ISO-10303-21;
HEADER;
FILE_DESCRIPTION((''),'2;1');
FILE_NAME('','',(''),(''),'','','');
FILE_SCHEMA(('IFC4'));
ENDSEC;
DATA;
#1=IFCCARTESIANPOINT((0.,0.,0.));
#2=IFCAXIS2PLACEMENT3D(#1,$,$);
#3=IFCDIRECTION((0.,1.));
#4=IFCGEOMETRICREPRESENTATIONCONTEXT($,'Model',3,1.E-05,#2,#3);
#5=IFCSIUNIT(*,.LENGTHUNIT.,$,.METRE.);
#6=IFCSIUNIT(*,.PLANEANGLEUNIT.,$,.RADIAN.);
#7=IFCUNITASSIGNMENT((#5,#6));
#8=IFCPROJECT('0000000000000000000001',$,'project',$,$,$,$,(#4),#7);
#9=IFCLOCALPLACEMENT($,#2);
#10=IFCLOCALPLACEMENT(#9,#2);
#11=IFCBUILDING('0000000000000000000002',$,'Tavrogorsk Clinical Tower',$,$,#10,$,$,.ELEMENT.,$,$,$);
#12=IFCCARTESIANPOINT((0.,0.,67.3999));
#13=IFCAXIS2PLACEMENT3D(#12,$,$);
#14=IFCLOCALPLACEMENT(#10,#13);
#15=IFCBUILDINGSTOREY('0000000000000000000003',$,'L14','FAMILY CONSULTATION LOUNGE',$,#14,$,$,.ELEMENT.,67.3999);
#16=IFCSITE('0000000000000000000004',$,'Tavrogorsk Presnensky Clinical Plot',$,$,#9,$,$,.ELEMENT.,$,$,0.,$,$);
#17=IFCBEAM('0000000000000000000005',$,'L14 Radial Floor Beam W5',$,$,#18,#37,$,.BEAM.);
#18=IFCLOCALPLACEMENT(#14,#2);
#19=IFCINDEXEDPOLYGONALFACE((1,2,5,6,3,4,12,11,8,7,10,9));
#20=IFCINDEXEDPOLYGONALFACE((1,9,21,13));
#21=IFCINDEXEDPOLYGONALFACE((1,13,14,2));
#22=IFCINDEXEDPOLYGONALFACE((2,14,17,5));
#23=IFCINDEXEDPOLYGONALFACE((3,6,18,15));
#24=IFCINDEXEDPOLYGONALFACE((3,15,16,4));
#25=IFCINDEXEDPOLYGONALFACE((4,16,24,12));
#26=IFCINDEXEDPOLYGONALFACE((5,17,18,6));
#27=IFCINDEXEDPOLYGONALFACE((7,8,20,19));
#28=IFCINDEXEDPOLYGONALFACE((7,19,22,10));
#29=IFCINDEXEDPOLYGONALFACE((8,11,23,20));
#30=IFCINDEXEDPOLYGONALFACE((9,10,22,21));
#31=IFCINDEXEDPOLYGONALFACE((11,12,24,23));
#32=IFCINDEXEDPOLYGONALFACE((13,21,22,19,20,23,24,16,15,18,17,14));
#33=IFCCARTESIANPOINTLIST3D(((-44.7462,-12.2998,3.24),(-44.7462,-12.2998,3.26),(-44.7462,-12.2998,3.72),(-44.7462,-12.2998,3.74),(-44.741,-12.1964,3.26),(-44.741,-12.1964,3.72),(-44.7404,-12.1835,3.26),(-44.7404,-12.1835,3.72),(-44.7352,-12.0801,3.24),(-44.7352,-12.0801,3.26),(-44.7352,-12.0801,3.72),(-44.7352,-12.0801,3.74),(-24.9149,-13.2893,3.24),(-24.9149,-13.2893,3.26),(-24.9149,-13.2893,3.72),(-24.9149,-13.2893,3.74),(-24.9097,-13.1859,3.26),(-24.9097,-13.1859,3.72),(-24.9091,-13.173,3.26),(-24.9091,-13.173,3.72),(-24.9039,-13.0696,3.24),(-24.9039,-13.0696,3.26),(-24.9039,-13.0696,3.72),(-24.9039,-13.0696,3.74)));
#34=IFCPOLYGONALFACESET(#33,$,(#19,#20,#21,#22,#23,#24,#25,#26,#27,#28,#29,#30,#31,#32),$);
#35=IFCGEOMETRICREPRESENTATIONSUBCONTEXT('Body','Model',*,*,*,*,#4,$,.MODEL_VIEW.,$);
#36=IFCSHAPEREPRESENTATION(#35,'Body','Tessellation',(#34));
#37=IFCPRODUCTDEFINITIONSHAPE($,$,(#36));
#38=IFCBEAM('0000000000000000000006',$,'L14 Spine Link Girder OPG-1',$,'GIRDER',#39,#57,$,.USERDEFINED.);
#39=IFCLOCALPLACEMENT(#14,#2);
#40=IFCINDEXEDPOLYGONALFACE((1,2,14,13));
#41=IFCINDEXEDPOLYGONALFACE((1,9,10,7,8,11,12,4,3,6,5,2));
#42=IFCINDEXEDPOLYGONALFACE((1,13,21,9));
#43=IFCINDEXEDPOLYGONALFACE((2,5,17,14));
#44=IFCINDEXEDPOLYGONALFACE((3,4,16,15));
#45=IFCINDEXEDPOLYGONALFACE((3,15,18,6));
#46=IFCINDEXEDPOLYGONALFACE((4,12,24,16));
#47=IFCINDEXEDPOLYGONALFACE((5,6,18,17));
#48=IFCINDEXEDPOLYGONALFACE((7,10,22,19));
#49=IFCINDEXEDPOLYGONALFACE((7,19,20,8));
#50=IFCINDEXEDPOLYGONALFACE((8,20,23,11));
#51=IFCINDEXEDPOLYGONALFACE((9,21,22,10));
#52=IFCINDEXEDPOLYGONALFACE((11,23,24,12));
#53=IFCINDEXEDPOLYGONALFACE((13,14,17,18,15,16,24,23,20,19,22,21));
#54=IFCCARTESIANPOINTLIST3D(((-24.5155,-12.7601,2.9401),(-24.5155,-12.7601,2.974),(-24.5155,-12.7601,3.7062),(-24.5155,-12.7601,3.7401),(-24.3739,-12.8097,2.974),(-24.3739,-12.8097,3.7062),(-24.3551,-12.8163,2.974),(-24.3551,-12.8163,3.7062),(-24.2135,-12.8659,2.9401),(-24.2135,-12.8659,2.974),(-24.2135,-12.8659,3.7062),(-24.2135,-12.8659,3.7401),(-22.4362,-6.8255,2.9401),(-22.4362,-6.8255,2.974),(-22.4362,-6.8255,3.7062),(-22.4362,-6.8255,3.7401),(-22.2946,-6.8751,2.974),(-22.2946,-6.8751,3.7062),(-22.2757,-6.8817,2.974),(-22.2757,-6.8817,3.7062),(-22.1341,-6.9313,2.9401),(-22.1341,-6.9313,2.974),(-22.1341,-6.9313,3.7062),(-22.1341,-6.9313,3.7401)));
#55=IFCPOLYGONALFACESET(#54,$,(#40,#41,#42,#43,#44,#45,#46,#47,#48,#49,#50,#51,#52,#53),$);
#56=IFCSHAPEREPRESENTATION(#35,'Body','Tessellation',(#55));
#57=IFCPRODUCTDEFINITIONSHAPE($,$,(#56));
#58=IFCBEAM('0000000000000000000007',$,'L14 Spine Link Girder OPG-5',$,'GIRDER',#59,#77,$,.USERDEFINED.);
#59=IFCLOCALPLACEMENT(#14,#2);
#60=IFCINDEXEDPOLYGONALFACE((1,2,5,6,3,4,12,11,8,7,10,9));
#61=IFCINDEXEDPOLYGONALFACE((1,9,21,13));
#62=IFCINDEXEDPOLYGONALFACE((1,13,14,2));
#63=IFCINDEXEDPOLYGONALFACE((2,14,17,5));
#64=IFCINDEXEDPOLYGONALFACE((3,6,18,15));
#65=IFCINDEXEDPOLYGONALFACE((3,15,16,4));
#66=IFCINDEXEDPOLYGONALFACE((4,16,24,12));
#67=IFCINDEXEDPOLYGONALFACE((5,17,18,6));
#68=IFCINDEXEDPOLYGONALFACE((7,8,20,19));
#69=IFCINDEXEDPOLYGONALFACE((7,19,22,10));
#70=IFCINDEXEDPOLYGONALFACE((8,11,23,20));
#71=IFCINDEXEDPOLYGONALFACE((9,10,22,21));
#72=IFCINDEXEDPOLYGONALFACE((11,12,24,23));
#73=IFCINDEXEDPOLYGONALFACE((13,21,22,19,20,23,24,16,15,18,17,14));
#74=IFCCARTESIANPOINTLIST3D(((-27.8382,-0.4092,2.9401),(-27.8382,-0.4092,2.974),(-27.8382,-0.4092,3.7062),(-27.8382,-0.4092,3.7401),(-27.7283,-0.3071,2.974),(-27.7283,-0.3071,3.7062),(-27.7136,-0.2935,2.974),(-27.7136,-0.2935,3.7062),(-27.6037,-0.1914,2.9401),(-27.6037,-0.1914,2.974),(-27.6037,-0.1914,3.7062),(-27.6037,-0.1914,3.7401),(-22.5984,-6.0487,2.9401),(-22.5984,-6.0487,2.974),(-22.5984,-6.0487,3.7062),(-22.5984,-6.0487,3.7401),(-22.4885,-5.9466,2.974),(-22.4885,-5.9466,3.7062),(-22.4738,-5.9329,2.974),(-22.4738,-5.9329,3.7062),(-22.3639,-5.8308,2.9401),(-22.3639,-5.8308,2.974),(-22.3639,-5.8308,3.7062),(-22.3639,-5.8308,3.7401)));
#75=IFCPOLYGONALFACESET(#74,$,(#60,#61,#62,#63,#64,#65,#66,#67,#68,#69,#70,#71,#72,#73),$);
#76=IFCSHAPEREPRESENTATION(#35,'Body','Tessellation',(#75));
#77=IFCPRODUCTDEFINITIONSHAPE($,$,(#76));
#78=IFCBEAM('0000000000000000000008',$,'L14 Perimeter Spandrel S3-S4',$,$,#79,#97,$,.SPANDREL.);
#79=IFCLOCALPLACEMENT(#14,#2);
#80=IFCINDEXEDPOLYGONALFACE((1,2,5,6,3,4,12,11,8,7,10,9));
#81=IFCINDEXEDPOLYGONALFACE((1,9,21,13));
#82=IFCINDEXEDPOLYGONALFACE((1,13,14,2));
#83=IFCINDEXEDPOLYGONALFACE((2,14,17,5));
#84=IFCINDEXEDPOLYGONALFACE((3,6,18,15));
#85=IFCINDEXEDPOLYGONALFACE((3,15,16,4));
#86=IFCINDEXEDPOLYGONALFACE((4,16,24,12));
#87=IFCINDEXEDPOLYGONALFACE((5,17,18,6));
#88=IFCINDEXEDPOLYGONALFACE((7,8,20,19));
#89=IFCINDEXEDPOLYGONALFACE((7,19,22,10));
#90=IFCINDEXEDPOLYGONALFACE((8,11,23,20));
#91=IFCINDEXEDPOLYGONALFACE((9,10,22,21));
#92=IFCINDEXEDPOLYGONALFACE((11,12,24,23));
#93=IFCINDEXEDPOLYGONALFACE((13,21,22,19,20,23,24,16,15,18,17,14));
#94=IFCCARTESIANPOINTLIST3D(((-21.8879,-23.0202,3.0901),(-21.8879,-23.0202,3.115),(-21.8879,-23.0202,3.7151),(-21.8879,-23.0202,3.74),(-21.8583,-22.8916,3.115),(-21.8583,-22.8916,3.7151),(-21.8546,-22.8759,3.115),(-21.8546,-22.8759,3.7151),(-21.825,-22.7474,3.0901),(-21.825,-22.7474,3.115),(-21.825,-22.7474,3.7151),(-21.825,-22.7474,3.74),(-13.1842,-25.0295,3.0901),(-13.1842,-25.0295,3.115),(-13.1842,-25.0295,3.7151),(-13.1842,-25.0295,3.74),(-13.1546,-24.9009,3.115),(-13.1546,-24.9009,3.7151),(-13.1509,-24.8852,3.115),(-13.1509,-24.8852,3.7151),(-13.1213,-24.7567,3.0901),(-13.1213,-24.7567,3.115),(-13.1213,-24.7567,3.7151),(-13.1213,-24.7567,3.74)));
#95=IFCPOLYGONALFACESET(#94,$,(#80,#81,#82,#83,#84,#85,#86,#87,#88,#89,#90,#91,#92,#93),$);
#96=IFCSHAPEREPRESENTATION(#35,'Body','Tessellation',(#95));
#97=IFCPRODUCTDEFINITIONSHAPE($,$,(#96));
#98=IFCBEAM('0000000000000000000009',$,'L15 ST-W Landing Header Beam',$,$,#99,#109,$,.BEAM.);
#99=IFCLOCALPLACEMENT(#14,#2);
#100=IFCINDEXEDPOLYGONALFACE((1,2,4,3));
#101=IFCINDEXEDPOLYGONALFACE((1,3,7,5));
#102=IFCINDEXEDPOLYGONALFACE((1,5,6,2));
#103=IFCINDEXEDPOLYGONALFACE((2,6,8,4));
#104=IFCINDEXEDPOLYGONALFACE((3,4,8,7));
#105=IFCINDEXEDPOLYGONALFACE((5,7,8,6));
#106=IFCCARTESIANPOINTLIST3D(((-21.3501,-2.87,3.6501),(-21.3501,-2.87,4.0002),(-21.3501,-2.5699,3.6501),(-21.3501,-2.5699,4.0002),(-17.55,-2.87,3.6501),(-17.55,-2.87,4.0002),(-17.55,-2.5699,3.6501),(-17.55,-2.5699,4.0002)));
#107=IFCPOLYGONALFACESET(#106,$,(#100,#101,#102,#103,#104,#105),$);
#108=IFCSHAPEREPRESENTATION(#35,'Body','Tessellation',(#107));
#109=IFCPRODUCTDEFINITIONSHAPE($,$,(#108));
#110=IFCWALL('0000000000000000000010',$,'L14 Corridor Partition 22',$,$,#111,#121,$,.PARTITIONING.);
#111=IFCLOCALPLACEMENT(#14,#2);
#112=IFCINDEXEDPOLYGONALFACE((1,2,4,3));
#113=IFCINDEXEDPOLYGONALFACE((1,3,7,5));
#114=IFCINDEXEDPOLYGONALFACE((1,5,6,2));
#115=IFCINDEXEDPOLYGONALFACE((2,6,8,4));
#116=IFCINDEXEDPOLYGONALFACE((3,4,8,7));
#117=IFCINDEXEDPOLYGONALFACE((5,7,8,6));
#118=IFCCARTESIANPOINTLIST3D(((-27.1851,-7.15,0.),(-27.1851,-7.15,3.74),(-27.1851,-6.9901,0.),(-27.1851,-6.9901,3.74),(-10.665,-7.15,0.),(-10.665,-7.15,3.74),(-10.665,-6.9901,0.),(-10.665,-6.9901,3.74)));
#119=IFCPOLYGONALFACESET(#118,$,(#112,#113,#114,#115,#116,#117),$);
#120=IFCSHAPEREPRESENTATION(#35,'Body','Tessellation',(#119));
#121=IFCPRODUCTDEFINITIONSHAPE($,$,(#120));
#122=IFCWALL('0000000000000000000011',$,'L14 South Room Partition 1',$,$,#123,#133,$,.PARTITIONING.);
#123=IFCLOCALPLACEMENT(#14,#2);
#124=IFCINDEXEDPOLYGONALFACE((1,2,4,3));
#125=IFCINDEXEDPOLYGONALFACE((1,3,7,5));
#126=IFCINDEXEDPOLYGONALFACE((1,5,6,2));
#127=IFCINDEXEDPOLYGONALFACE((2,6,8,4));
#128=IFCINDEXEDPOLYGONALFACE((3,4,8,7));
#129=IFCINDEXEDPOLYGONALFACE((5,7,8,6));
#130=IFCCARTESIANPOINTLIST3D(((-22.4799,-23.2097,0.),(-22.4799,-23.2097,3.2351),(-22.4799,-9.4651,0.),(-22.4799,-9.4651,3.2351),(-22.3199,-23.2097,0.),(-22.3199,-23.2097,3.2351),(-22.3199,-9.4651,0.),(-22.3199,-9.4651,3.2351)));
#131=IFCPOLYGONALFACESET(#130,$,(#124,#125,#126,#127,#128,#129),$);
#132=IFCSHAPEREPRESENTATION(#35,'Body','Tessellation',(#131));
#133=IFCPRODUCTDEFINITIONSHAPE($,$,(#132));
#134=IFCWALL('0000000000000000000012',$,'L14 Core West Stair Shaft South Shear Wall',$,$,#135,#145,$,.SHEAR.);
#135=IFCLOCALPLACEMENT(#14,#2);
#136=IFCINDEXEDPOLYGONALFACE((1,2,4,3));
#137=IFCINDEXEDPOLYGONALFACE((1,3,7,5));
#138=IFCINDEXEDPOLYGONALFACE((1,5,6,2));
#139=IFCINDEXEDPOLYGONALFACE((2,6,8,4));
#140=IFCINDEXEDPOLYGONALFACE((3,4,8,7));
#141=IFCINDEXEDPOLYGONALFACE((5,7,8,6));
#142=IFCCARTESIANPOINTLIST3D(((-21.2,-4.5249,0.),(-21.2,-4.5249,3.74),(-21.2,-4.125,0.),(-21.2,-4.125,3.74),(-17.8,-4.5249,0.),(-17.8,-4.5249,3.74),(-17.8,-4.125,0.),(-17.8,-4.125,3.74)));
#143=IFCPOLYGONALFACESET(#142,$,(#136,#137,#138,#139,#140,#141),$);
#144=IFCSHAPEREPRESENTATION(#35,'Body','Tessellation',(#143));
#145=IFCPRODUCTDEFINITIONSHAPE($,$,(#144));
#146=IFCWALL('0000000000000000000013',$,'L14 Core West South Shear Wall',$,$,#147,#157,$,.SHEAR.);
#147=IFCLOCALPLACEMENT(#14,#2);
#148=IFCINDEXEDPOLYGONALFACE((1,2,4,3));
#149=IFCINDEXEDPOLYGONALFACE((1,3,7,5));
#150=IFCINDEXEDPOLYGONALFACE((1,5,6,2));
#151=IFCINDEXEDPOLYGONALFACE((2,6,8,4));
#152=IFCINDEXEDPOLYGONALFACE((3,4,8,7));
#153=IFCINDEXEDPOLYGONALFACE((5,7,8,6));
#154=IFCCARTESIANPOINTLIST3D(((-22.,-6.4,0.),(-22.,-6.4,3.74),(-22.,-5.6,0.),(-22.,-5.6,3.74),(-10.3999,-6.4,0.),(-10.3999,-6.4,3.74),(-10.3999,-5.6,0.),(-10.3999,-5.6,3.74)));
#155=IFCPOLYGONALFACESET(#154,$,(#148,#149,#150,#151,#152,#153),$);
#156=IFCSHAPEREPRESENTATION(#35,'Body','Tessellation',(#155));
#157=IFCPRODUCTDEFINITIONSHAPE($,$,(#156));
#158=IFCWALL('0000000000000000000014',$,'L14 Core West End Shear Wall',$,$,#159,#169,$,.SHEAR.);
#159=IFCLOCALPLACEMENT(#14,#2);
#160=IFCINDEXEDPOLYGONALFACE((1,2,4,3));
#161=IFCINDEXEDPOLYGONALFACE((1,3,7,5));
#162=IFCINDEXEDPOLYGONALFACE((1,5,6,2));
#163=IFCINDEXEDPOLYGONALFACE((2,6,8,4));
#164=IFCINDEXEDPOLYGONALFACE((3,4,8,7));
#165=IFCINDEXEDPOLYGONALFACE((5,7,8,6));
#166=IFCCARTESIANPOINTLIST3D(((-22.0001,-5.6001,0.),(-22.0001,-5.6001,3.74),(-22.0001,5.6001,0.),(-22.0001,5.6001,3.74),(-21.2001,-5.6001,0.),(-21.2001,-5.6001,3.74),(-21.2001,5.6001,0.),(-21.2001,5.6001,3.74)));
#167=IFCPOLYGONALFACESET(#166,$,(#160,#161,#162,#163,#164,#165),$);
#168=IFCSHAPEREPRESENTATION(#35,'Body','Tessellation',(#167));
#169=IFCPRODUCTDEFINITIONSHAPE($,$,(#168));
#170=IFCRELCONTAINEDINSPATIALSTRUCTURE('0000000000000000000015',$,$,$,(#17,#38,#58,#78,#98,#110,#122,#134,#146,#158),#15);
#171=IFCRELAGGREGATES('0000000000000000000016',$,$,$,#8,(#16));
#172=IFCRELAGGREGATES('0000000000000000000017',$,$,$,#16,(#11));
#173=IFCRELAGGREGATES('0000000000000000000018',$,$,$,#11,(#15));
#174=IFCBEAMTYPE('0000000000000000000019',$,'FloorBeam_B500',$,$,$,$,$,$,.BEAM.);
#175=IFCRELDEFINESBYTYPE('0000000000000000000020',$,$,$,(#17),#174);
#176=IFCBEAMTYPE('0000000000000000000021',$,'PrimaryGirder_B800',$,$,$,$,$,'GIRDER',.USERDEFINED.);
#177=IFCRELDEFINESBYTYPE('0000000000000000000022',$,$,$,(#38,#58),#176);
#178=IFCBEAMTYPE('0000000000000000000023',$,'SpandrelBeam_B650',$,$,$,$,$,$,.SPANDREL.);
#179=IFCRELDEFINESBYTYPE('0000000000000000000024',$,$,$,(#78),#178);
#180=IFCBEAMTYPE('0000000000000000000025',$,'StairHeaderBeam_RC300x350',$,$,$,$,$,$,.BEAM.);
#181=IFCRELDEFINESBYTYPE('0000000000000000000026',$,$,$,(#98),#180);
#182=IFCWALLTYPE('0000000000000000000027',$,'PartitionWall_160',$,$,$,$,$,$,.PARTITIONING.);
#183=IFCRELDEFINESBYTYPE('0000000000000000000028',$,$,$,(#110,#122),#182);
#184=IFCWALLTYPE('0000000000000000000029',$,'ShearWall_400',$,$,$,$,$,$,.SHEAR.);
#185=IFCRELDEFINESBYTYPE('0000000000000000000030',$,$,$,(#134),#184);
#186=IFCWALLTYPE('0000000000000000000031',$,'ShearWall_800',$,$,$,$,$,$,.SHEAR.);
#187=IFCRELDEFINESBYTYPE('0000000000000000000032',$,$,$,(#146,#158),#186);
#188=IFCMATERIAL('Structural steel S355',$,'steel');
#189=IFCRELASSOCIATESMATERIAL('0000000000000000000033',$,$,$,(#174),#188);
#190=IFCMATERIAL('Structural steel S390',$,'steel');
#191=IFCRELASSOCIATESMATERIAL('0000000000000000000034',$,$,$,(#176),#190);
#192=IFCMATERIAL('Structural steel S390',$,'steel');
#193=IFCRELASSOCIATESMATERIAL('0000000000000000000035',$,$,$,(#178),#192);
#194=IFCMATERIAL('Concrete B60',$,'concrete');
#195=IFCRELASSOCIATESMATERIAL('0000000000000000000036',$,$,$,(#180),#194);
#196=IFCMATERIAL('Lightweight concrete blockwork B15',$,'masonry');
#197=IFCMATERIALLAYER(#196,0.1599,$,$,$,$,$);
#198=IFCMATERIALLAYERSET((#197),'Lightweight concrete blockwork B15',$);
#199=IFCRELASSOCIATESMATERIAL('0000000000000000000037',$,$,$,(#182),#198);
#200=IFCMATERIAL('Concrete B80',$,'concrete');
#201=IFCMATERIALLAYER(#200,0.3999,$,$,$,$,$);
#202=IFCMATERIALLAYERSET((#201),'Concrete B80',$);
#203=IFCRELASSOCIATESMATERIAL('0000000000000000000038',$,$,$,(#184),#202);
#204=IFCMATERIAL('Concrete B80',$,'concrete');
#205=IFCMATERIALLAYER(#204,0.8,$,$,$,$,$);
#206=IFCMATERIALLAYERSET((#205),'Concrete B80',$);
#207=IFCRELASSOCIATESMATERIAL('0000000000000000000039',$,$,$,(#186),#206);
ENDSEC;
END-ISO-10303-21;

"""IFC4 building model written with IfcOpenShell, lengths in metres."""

from ifc_helpers import new_model, si_unit, direction, frame, frame_2d, origin, origin_2d, place, context, subcontext, project, spatial, rectangle, i_section, extrude, material, layer, layer_set, material_profile, profile_set, type_object, element, save


model = new_model("IFC4")

# Units and contexts
model_context = context("Model", 3, precision=1e-05, world=origin(), true_north=direction((0.0, 1.0)))
body_context = subcontext(model_context, "Body", "Model", "MODEL_VIEW")
ifc_project = project(units=[si_unit("LENGTHUNIT", "METRE"), si_unit("PLANEANGLEUNIT", "RADIAN")], contexts=[model_context])

# Site, building, storey
site_placement = place(None, origin())
site = spatial("IfcSite", under=ifc_project, at=site_placement, Name="Tavrogorsk Presnensky Clinical Plot", CompositionType="ELEMENT", RefElevation=0.0)
building_placement = place(site_placement, origin())
building = spatial("IfcBuilding", under=site, at=building_placement, Name="Tavrogorsk Clinical Tower", CompositionType="ELEMENT")
storey_placement = place(building_placement, frame((0.0, 0.0, 67.3999)))
storey = spatial("IfcBuildingStorey", under=building, at=storey_placement, Name="L14", Description="FAMILY CONSULTATION LOUNGE", CompositionType="ELEMENT", Elevation=67.3999)

# Beams
ifc_material_1 = material(Name="Structural steel S355", Category="steel")
ifc_material_profile_1 = material_profile(ifc_material_1, i_section(OverallWidth=0.22, OverallDepth=0.5, WebThickness=0.0129, FlangeThickness=0.02, at=origin_2d()), Name="B-500x220x13x20")
ifc_profile_set_1 = profile_set([ifc_material_profile_1], Name="Structural steel S355")
beam_type_1 = type_object("IfcBeamType", Name="FloorBeam_B500", PredefinedType="BEAM", material=ifc_profile_set_1)
beam_1_placement = place(storey_placement, frame((-24.9094, -13.1794, 3.49), z_axis=(-0.998758, 0.049834, 0.0), x_axis=(-0.049834, -0.998758, 0.0)))
element("IfcBeam", 1, at=beam_1_placement, inside=storey, type_object=beam_type_1, Name="L14 Radial Floor Beam W5", PredefinedType="BEAM", context=body_context, shape_type="SweptSolid", body=[
    extrude(i_section(OverallWidth=0.22, OverallDepth=0.5, WebThickness=0.0129, FlangeThickness=0.02, at=origin_2d()), origin(), (0.0, 0.0, 1.0), 19.856),
])
ifc_material_2 = material(Name="Structural steel S390", Category="steel")
ifc_material_profile_2 = material_profile(ifc_material_2, i_section(OverallWidth=0.3201, OverallDepth=0.8, WebThickness=0.02, FlangeThickness=0.0339, at=origin_2d()), Name="B-800x320x20x34")
ifc_profile_set_2 = profile_set([ifc_material_profile_2], Name="Structural steel S390")
beam_type_2 = type_object("IfcBeamType", Name="PrimaryGirder_B800", ElementType="GIRDER", PredefinedType="USERDEFINED", material=ifc_profile_set_2)
beam_2_placement = place(storey_placement, frame((-24.3645, -12.813, 3.3401), z_axis=(0.330669, 0.943747, 0.0), x_axis=(-0.943747, 0.330669, 0.0)))
element("IfcBeam", 2, at=beam_2_placement, inside=storey, type_object=beam_type_2, Name="L14 Spine Link Girder OPG-1", ObjectType="GIRDER", PredefinedType="USERDEFINED", context=body_context, shape_type="SweptSolid", body=[
    extrude(i_section(OverallWidth=0.3201, OverallDepth=0.8, WebThickness=0.02, FlangeThickness=0.0339, at=origin_2d()), origin(), (0.0, 0.0, 1.0), 6.2883),
])
beam_3_placement = place(storey_placement, frame((-27.7209, -0.3003, 3.3401), z_axis=(0.680671, -0.732589, 0.0), x_axis=(0.732589, 0.680671, 0.0)))
element("IfcBeam", 3, at=beam_3_placement, inside=storey, type_object=beam_type_2, Name="L14 Spine Link Girder OPG-5", ObjectType="GIRDER", PredefinedType="USERDEFINED", context=body_context, shape_type="SweptSolid", body=[
    extrude(i_section(OverallWidth=0.3201, OverallDepth=0.8, WebThickness=0.02, FlangeThickness=0.0339, at=origin_2d()), origin(), (0.0, 0.0, 1.0), 7.698),
])
ifc_material_3 = material(Name="Structural steel S390", Category="steel")
ifc_material_profile_3 = material_profile(ifc_material_3, i_section(OverallWidth=0.28, OverallDepth=0.6499, WebThickness=0.0161, FlangeThickness=0.0249, at=origin_2d()), Name="B-650x280x16x25")
ifc_profile_set_3 = profile_set([ifc_material_profile_3], Name="Structural steel S390")
beam_type_3 = type_object("IfcBeamType", Name="SpandrelBeam_B650", PredefinedType="SPANDREL", material=ifc_profile_set_3)
beam_4_placement = place(storey_placement, frame((-21.8564, -22.8838, 3.415), z_axis=(0.974373, -0.224939, 0.0), x_axis=(0.224939, 0.974373, 0.0)))
element("IfcBeam", 4, at=beam_4_placement, inside=storey, type_object=beam_type_3, Name="L14 Perimeter Spandrel S3-S4", PredefinedType="SPANDREL", context=body_context, shape_type="SweptSolid", body=[
    extrude(i_section(OverallWidth=0.28, OverallDepth=0.6499, WebThickness=0.0161, FlangeThickness=0.0249, at=origin_2d()), origin(), (0.0, 0.0, 1.0), 8.9326),
])
ifc_material_4 = material(Name="Concrete B60", Category="concrete")
ifc_material_profile_4 = material_profile(ifc_material_4, rectangle(XDim=0.3, YDim=0.3501, at=origin_2d()), Name="RC-SHB-300x350")
ifc_profile_set_4 = profile_set([ifc_material_profile_4], Name="Concrete B60")
beam_type_4 = type_object("IfcBeamType", Name="StairHeaderBeam_RC300x350", PredefinedType="BEAM", material=ifc_profile_set_4)
beam_5_placement = place(storey_placement, frame((-21.3501, -2.72, 3.8252), z_axis=(1.0, 0.0, 0.0), x_axis=(0.0, 1.0, 0.0)))
element("IfcBeam", 5, at=beam_5_placement, inside=storey, type_object=beam_type_4, Name="L15 ST-W Landing Header Beam", PredefinedType="BEAM", context=body_context, shape_type="SweptSolid", body=[
    extrude(rectangle(XDim=0.3, YDim=0.3501, at=origin_2d()), origin(), (0.0, 0.0, 1.0), 3.8),
])

# Walls
ifc_material_5 = material(Name="Lightweight concrete blockwork B15", Category="masonry")
ifc_layer_1 = layer(ifc_material_5, 0.1599)
ifc_layer_set_1 = layer_set([ifc_layer_1], Name="Lightweight concrete blockwork B15")
wall_type_1 = type_object("IfcWallType", Name="PartitionWall_160", PredefinedType="PARTITIONING", material=ifc_layer_set_1)
wall_1_placement = place(storey_placement, frame((-27.1851, -7.0701, 0.0), z_axis=(0.0, 0.0, 1.0), x_axis=(1.0, 0.0, 0.0)))
element("IfcWall", 6, at=wall_1_placement, inside=storey, type_object=wall_type_1, Name="L14 Corridor Partition 22", PredefinedType="PARTITIONING", context=body_context, shape_type="SweptSolid", body=[
    extrude(rectangle(XDim=16.52, YDim=0.1599, at=frame_2d((8.26, 0.0))), origin(), (0.0, 0.0, 1.0), 3.74),
])
wall_2_placement = place(storey_placement, frame((-22.3999, -23.2097, 0.0), z_axis=(0.0, 0.0, 1.0), x_axis=(0.0, 1.0, 0.0)))
element("IfcWall", 7, at=wall_2_placement, inside=storey, type_object=wall_type_1, Name="L14 South Room Partition 1", PredefinedType="PARTITIONING", context=body_context, shape_type="SweptSolid", body=[
    extrude(rectangle(XDim=13.7446, YDim=0.1599, at=frame_2d((6.8723, 0.0))), origin(), (0.0, 0.0, 1.0), 3.2351),
])
ifc_material_6 = material(Name="Concrete B80", Category="concrete")
ifc_layer_2 = layer(ifc_material_6, 0.3999)
ifc_layer_set_2 = layer_set([ifc_layer_2], Name="Concrete B80")
wall_type_2 = type_object("IfcWallType", Name="ShearWall_400", PredefinedType="SHEAR", material=ifc_layer_set_2)
wall_3_placement = place(storey_placement, frame((-21.2, -4.325, 0.0), z_axis=(0.0, 0.0, 1.0), x_axis=(1.0, 0.0, 0.0)))
element("IfcWall", 8, at=wall_3_placement, inside=storey, type_object=wall_type_2, Name="L14 Core West Stair Shaft South Shear Wall", PredefinedType="SHEAR", context=body_context, shape_type="SweptSolid", body=[
    extrude(rectangle(XDim=3.3999, YDim=0.3999, at=frame_2d((1.7, 0.0))), origin(), (0.0, 0.0, 1.0), 3.74),
])
ifc_material_7 = material(Name="Concrete B80", Category="concrete")
ifc_layer_3 = layer(ifc_material_7, 0.8)
ifc_layer_set_3 = layer_set([ifc_layer_3], Name="Concrete B80")
wall_type_3 = type_object("IfcWallType", Name="ShearWall_800", PredefinedType="SHEAR", material=ifc_layer_set_3)
wall_4_placement = place(storey_placement, frame((-22.0, -6.0, 0.0), z_axis=(0.0, 0.0, 1.0), x_axis=(1.0, 0.0, 0.0)))
element("IfcWall", 9, at=wall_4_placement, inside=storey, type_object=wall_type_3, Name="L14 Core West South Shear Wall", PredefinedType="SHEAR", context=body_context, shape_type="SweptSolid", body=[
    extrude(rectangle(XDim=11.6001, YDim=0.8, at=frame_2d((5.8, 0.0))), origin(), (0.0, 0.0, 1.0), 3.74),
])
wall_5_placement = place(storey_placement, frame((-21.6001, -5.6001, 0.0), z_axis=(0.0, 0.0, 1.0), x_axis=(0.0, 1.0, 0.0)))
element("IfcWall", 10, at=wall_5_placement, inside=storey, type_object=wall_type_3, Name="L14 Core West End Shear Wall", PredefinedType="SHEAR", context=body_context, shape_type="SweptSolid", body=[
    extrude(rectangle(XDim=11.2002, YDim=0.8, at=frame_2d((5.6001, 0.0))), origin(), (0.0, 0.0, 1.0), 3.74),
])

save(model, "model.ifc")
